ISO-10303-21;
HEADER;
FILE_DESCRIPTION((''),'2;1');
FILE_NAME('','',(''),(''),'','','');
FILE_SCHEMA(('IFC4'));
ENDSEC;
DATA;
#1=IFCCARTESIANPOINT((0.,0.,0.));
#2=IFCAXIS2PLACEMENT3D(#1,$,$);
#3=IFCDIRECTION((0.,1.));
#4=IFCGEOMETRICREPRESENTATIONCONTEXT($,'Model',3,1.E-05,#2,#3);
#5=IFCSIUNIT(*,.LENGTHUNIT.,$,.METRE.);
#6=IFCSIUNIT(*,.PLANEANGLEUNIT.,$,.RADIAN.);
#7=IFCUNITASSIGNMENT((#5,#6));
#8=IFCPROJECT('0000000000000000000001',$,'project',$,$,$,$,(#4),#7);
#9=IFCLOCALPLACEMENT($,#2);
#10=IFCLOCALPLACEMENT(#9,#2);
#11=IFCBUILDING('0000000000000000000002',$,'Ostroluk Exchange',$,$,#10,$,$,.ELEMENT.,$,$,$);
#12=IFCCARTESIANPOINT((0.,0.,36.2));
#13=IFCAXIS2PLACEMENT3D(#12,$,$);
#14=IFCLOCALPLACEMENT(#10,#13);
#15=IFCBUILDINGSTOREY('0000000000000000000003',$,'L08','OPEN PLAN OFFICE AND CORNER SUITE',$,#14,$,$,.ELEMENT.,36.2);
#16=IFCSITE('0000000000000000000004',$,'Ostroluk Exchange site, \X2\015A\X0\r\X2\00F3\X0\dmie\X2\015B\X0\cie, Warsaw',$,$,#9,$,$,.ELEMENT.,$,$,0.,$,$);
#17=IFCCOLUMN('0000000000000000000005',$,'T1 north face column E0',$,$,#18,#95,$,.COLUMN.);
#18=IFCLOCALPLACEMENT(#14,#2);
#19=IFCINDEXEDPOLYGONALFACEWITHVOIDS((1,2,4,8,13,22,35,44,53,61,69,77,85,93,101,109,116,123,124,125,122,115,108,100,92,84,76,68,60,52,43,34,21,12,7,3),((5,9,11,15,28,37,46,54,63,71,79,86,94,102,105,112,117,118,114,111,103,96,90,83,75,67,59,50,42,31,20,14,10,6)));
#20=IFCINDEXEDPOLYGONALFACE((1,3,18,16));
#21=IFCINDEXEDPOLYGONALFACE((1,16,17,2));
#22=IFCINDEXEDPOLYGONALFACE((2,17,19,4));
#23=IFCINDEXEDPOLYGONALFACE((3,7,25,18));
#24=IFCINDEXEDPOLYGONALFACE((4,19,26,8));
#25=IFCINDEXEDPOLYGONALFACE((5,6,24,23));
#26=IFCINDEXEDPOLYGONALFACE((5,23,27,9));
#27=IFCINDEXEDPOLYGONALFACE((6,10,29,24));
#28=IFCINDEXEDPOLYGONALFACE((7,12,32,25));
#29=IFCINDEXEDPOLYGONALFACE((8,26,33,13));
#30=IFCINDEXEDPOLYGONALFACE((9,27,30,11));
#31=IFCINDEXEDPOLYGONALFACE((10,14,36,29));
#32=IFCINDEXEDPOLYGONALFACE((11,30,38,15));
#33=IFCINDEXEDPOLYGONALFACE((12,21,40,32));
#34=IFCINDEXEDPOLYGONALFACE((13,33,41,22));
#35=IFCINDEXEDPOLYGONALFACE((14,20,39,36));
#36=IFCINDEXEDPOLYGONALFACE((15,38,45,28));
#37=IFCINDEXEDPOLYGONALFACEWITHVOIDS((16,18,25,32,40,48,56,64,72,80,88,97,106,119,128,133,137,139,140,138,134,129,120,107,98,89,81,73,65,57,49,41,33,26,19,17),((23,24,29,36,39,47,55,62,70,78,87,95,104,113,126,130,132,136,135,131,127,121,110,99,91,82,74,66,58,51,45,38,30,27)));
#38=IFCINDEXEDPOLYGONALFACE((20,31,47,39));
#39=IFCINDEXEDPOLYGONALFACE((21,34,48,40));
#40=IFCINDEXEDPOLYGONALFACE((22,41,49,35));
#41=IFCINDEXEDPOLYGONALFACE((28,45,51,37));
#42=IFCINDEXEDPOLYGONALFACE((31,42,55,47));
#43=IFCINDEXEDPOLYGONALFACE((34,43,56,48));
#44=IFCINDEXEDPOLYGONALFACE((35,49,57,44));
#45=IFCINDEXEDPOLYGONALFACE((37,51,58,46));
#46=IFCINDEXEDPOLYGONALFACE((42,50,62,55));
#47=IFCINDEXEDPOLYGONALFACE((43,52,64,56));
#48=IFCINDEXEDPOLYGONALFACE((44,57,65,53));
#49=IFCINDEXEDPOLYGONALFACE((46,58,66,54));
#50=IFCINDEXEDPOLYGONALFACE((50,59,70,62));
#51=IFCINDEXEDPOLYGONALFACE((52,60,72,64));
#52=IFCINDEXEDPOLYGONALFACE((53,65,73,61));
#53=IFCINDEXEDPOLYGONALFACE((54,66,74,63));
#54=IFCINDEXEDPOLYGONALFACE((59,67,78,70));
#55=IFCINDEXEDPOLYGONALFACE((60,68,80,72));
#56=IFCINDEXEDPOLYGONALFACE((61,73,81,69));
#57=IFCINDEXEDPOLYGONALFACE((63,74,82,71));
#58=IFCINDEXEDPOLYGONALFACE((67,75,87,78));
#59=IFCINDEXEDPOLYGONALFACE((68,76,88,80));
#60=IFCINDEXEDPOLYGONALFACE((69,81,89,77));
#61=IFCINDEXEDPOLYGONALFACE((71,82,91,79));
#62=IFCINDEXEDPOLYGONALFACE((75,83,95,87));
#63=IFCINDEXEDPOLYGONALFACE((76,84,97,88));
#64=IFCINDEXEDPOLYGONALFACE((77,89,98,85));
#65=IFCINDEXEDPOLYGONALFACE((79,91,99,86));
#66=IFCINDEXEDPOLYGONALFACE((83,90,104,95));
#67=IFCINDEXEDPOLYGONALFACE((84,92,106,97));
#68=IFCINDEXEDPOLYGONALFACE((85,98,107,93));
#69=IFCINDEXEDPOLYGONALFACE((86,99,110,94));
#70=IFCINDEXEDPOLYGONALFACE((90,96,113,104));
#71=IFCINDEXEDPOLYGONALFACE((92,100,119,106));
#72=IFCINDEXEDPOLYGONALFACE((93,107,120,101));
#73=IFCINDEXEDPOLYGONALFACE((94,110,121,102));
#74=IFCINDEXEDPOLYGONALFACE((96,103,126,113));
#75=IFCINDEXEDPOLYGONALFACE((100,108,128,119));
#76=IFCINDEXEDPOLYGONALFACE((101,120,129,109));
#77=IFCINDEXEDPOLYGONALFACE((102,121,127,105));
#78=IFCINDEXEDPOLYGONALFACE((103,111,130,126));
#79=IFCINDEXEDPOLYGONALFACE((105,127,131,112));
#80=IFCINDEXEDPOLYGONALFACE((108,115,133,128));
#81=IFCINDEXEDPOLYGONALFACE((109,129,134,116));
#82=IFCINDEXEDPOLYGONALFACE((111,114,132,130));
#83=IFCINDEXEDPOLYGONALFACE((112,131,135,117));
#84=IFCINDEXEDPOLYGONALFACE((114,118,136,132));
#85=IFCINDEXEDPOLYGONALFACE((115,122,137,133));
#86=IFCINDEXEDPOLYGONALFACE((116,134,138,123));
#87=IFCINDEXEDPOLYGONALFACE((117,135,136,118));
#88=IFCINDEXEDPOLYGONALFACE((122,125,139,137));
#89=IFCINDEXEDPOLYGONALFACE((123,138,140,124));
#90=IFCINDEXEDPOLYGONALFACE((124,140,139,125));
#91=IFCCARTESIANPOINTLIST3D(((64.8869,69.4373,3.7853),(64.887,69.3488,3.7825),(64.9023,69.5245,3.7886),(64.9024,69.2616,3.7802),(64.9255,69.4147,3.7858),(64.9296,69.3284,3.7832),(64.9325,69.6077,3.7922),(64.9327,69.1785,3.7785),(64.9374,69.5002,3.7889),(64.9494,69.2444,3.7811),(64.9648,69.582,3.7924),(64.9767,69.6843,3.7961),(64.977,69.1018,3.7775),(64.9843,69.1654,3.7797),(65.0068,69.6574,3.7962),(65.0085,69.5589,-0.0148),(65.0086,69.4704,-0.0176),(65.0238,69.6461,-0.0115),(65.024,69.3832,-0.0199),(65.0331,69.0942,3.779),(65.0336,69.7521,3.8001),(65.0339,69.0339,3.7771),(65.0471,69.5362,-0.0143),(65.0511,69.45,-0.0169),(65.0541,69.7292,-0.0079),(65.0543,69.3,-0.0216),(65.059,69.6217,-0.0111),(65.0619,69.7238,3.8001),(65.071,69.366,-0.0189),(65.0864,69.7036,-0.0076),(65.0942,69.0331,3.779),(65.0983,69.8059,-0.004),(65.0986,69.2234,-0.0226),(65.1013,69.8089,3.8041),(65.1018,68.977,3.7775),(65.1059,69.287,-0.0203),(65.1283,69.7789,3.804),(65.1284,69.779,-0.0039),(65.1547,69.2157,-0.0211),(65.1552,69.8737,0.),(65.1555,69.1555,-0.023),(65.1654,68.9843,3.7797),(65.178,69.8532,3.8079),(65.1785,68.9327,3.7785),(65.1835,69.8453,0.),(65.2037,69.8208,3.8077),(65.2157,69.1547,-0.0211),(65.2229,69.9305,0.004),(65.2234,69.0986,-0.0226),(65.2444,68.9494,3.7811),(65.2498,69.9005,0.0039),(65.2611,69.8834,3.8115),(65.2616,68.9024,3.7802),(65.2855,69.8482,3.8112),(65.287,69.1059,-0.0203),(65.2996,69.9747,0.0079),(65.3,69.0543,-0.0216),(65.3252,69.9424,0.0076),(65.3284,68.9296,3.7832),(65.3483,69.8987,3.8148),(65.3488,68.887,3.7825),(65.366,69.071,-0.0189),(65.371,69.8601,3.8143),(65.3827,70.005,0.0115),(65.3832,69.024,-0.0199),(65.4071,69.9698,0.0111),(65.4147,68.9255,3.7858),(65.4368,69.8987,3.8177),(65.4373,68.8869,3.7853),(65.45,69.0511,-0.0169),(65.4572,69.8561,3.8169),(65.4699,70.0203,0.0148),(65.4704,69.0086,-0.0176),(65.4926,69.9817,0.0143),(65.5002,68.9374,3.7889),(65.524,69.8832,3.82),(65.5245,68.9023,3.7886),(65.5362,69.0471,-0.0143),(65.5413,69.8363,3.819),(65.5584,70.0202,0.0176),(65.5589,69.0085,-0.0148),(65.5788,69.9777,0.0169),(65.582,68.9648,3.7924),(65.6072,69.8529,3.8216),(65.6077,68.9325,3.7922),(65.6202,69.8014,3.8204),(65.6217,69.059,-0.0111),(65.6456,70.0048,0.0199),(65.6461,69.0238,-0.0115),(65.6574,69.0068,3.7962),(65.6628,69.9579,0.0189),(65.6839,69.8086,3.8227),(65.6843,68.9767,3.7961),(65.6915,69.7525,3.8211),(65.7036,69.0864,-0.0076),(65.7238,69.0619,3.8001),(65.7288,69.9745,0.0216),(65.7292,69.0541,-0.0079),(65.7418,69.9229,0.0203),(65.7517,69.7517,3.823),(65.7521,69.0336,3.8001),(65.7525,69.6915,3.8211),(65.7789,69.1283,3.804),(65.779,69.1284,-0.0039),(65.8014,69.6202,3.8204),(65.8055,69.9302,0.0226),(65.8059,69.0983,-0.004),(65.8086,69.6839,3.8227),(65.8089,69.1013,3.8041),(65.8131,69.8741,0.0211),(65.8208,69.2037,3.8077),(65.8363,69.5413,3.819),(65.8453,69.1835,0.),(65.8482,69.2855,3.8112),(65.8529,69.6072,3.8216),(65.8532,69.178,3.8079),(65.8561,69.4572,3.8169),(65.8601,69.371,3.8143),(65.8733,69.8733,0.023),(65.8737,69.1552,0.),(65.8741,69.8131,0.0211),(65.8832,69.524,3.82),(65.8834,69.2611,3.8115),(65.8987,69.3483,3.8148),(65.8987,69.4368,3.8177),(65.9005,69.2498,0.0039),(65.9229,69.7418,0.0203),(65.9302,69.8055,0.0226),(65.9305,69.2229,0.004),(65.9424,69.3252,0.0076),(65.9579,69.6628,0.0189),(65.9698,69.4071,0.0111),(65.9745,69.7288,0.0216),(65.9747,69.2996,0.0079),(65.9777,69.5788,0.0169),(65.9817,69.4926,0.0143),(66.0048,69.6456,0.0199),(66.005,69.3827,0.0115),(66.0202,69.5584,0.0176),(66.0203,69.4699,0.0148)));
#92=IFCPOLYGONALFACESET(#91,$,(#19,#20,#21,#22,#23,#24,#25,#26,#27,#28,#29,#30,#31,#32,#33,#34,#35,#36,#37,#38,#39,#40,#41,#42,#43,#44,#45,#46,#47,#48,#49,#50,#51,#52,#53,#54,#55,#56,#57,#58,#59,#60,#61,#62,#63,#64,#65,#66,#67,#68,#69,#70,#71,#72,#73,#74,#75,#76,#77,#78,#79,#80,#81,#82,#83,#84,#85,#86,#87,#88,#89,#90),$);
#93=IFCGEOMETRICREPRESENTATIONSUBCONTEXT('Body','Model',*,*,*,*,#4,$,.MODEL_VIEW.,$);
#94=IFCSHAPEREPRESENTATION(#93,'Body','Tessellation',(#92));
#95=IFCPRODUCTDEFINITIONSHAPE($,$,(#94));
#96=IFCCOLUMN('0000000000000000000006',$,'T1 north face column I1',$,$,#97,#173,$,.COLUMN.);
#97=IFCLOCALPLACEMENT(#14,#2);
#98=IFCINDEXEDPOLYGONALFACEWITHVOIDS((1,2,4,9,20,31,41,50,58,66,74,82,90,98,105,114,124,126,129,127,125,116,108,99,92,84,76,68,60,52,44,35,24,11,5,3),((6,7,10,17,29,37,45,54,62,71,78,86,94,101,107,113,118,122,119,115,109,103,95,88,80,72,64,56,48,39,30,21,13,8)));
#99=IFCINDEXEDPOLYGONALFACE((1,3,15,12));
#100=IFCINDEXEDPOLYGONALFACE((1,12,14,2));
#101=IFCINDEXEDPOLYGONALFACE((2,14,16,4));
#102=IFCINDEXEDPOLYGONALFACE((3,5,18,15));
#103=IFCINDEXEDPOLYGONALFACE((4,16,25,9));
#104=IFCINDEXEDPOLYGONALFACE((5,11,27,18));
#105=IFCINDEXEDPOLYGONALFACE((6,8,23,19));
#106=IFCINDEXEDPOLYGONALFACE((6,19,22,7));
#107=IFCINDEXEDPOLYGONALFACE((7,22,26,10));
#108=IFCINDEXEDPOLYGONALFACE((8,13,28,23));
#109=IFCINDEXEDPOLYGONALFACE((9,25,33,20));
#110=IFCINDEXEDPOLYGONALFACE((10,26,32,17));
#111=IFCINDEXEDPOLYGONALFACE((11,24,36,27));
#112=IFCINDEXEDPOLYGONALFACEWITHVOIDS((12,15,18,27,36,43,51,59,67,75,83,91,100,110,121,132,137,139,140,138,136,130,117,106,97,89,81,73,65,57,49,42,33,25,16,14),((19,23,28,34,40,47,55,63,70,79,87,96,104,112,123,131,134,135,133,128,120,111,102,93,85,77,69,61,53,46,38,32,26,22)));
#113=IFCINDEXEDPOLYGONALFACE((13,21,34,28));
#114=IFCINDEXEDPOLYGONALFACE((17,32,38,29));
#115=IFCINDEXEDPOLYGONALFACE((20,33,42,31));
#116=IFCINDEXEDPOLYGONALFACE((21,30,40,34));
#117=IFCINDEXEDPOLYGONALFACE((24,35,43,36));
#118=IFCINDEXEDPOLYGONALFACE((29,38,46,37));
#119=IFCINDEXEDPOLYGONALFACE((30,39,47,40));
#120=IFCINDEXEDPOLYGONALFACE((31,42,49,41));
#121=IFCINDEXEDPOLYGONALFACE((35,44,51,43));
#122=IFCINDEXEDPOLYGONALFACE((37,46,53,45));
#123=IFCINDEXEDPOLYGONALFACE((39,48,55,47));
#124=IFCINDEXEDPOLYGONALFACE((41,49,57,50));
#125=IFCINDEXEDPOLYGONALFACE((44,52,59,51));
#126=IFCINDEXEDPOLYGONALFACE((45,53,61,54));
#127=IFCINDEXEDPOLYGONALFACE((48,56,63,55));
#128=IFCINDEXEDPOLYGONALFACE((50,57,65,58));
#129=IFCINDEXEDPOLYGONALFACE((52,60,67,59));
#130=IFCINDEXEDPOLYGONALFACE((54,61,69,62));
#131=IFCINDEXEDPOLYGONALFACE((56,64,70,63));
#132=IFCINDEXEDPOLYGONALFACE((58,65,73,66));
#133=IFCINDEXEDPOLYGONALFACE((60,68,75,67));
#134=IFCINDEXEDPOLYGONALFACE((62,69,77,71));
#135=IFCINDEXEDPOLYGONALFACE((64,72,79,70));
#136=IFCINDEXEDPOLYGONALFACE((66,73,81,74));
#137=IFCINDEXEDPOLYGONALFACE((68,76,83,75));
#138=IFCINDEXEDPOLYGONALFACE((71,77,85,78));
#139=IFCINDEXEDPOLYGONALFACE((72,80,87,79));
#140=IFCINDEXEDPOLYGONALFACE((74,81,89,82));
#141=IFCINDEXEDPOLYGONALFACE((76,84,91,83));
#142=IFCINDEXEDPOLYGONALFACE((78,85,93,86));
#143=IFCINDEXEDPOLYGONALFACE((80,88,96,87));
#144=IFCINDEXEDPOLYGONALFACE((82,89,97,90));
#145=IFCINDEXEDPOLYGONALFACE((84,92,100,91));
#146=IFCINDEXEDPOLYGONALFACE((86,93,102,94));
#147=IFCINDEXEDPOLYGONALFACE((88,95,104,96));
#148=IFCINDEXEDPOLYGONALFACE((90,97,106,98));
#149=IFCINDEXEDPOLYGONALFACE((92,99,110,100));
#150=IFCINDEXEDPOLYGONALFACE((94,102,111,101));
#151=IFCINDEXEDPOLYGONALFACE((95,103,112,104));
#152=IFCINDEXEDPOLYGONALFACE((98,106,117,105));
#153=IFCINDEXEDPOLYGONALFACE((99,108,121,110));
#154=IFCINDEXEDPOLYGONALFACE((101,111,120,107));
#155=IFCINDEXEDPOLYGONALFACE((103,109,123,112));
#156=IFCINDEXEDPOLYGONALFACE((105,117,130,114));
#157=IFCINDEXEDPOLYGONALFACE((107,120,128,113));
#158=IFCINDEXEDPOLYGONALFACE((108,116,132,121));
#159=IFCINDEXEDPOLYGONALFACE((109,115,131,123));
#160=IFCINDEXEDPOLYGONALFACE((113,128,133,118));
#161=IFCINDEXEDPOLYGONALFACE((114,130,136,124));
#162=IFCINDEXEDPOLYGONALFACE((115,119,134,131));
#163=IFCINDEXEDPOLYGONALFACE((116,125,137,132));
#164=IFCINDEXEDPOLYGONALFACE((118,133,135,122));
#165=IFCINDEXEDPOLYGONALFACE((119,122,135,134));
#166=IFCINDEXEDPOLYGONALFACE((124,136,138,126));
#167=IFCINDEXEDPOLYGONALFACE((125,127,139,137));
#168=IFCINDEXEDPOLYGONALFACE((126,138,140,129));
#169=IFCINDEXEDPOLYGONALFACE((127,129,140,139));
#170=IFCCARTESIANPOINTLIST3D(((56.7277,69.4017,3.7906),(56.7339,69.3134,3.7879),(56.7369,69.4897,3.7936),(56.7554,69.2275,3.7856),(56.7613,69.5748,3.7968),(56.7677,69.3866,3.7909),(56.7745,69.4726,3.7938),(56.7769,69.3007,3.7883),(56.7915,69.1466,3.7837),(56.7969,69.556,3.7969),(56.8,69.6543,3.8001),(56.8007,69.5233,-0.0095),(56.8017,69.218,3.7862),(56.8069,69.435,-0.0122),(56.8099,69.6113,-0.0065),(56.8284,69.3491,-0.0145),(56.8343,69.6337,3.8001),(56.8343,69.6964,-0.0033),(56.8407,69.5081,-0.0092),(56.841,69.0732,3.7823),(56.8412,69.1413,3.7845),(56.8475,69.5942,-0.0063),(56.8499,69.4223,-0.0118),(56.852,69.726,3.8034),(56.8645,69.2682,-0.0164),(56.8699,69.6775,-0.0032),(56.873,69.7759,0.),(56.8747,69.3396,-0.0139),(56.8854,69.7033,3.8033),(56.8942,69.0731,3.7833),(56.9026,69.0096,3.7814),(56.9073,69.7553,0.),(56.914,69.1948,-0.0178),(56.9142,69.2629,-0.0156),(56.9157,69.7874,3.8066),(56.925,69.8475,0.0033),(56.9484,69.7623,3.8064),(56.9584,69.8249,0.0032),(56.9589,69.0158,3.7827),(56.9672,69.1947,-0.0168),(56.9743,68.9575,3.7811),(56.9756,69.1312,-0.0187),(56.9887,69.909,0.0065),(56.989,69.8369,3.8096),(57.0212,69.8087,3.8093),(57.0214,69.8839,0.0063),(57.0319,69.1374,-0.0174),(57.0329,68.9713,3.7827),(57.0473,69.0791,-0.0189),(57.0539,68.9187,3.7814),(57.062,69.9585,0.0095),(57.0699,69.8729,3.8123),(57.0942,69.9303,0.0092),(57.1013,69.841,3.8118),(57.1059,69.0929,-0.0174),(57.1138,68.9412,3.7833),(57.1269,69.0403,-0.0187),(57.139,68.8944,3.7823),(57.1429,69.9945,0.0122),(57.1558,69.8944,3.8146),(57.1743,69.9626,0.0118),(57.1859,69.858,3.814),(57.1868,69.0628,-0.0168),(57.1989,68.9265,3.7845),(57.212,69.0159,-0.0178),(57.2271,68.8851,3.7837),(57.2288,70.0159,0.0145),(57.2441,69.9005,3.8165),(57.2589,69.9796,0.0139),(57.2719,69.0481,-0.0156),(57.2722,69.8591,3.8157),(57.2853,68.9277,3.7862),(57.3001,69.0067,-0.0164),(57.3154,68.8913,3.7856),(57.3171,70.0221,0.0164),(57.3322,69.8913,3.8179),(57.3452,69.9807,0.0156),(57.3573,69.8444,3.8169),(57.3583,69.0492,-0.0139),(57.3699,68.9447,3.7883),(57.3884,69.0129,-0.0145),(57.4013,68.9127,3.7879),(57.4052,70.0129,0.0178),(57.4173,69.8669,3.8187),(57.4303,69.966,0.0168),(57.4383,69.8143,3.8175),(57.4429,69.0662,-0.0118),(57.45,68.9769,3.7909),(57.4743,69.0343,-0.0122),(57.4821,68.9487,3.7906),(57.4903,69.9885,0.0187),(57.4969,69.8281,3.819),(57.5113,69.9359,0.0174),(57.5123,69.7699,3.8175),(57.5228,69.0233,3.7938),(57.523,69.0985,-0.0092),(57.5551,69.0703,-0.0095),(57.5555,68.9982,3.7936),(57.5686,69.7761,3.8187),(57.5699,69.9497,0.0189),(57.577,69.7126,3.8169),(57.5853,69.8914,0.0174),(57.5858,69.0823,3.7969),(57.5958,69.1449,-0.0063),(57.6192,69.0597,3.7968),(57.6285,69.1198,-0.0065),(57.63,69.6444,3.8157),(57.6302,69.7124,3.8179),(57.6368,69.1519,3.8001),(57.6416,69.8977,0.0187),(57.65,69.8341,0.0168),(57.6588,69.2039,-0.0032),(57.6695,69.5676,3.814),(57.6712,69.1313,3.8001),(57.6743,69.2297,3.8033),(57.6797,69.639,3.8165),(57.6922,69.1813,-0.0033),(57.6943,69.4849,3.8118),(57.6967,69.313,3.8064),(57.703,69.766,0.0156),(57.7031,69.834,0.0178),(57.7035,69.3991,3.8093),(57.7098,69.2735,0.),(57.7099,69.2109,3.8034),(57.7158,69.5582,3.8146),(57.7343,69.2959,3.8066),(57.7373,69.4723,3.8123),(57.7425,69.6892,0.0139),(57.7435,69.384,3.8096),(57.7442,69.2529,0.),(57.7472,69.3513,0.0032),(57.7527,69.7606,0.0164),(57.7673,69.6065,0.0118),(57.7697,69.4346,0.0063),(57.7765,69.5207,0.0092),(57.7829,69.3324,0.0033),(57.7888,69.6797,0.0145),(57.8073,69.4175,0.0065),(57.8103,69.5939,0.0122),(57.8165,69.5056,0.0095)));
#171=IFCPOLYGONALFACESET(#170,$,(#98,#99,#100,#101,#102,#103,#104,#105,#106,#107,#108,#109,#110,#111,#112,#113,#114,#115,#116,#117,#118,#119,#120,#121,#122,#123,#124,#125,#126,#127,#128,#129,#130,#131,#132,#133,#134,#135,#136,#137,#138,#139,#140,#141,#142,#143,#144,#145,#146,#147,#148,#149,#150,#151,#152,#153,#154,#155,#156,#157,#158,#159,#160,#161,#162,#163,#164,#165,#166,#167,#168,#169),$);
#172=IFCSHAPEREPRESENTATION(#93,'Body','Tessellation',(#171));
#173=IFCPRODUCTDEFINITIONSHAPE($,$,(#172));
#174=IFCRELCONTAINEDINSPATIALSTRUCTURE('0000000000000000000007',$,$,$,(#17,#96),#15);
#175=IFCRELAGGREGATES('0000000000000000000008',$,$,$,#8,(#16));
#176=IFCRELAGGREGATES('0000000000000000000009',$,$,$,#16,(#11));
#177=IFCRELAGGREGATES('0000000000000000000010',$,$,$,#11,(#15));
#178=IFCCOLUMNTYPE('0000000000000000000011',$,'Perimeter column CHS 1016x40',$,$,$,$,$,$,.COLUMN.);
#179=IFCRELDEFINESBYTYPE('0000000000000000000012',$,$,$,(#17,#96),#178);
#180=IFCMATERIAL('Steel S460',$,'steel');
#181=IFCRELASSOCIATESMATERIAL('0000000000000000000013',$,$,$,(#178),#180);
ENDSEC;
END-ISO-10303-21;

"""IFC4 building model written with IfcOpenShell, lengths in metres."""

from ifc_helpers import new_model, si_unit, direction, frame, origin, origin_2d, place, context, subcontext, project, spatial, hollow_circle, extrude, material, material_profile, profile_set, type_object, element, save


model = new_model("IFC4")

# Units and contexts
model_context = context("Model", 3, precision=1e-05, world=origin(), true_north=direction((0.0, 1.0)))
body_context = subcontext(model_context, "Body", "Model", "MODEL_VIEW")
ifc_project = project(units=[si_unit("LENGTHUNIT", "METRE"), si_unit("PLANEANGLEUNIT", "RADIAN")], contexts=[model_context])

# Site, building, storey
site_placement = place(None, origin())
site = spatial("IfcSite", under=ifc_project, at=site_placement, Name="Ostroluk Exchange site, Śródmieście, Warsaw", CompositionType="ELEMENT", RefElevation=0.0)
building_placement = place(site_placement, origin())
building = spatial("IfcBuilding", under=site, at=building_placement, Name="Ostroluk Exchange", CompositionType="ELEMENT")
storey_placement = place(building_placement, frame((0.0, 0.0, 36.2)))
storey = spatial("IfcBuildingStorey", under=building, at=storey_placement, Name="L08", Description="OPEN PLAN OFFICE AND CORNER SUITE", CompositionType="ELEMENT", Elevation=36.2)

# Columns
ifc_material_1 = material(Name="Steel S460", Category="steel")
ifc_material_profile_1 = material_profile(ifc_material_1, hollow_circle(Radius=0.5081, WallThickness=0.04, at=origin_2d()), Name="CHS 1016x40")
ifc_profile_set_1 = profile_set([ifc_material_profile_1], Name="Steel S460")
column_type = type_object("IfcColumnType", Name="Perimeter column CHS 1016x40", PredefinedType="COLUMN", material=ifc_profile_set_1)
column_1_placement = place(storey_placement, frame((65.5144, 69.5144, 0.0), z_axis=(-0.031962, -0.031962, 0.998978), x_axis=(0.707107, -0.707107, 0.0)))
element("IfcColumn", 1, at=column_1_placement, inside=storey, type_object=column_type, Name="T1 north face column E0", PredefinedType="COLUMN", context=body_context, shape_type="SweptSolid", body=[
    extrude(hollow_circle(Radius=0.5081, WallThickness=0.04, at=origin_2d()), origin(), (0.0, 0.0, 1.0), 3.804),
])
column_2_placement = place(storey_placement, frame((57.3086, 69.5144, 0.0), z_axis=(-0.019196, -0.031973, 0.999304), x_axis=(0.857341, -0.514749, 0.0)))
element("IfcColumn", 2, at=column_2_placement, inside=storey, type_object=column_type, Name="T1 north face column I1", PredefinedType="COLUMN", context=body_context, shape_type="SweptSolid", body=[
    extrude(hollow_circle(Radius=0.5081, WallThickness=0.04, at=origin_2d()), origin(), (0.0, 0.0, 1.0), 3.8027),
])

save(model, "model.ifc")
